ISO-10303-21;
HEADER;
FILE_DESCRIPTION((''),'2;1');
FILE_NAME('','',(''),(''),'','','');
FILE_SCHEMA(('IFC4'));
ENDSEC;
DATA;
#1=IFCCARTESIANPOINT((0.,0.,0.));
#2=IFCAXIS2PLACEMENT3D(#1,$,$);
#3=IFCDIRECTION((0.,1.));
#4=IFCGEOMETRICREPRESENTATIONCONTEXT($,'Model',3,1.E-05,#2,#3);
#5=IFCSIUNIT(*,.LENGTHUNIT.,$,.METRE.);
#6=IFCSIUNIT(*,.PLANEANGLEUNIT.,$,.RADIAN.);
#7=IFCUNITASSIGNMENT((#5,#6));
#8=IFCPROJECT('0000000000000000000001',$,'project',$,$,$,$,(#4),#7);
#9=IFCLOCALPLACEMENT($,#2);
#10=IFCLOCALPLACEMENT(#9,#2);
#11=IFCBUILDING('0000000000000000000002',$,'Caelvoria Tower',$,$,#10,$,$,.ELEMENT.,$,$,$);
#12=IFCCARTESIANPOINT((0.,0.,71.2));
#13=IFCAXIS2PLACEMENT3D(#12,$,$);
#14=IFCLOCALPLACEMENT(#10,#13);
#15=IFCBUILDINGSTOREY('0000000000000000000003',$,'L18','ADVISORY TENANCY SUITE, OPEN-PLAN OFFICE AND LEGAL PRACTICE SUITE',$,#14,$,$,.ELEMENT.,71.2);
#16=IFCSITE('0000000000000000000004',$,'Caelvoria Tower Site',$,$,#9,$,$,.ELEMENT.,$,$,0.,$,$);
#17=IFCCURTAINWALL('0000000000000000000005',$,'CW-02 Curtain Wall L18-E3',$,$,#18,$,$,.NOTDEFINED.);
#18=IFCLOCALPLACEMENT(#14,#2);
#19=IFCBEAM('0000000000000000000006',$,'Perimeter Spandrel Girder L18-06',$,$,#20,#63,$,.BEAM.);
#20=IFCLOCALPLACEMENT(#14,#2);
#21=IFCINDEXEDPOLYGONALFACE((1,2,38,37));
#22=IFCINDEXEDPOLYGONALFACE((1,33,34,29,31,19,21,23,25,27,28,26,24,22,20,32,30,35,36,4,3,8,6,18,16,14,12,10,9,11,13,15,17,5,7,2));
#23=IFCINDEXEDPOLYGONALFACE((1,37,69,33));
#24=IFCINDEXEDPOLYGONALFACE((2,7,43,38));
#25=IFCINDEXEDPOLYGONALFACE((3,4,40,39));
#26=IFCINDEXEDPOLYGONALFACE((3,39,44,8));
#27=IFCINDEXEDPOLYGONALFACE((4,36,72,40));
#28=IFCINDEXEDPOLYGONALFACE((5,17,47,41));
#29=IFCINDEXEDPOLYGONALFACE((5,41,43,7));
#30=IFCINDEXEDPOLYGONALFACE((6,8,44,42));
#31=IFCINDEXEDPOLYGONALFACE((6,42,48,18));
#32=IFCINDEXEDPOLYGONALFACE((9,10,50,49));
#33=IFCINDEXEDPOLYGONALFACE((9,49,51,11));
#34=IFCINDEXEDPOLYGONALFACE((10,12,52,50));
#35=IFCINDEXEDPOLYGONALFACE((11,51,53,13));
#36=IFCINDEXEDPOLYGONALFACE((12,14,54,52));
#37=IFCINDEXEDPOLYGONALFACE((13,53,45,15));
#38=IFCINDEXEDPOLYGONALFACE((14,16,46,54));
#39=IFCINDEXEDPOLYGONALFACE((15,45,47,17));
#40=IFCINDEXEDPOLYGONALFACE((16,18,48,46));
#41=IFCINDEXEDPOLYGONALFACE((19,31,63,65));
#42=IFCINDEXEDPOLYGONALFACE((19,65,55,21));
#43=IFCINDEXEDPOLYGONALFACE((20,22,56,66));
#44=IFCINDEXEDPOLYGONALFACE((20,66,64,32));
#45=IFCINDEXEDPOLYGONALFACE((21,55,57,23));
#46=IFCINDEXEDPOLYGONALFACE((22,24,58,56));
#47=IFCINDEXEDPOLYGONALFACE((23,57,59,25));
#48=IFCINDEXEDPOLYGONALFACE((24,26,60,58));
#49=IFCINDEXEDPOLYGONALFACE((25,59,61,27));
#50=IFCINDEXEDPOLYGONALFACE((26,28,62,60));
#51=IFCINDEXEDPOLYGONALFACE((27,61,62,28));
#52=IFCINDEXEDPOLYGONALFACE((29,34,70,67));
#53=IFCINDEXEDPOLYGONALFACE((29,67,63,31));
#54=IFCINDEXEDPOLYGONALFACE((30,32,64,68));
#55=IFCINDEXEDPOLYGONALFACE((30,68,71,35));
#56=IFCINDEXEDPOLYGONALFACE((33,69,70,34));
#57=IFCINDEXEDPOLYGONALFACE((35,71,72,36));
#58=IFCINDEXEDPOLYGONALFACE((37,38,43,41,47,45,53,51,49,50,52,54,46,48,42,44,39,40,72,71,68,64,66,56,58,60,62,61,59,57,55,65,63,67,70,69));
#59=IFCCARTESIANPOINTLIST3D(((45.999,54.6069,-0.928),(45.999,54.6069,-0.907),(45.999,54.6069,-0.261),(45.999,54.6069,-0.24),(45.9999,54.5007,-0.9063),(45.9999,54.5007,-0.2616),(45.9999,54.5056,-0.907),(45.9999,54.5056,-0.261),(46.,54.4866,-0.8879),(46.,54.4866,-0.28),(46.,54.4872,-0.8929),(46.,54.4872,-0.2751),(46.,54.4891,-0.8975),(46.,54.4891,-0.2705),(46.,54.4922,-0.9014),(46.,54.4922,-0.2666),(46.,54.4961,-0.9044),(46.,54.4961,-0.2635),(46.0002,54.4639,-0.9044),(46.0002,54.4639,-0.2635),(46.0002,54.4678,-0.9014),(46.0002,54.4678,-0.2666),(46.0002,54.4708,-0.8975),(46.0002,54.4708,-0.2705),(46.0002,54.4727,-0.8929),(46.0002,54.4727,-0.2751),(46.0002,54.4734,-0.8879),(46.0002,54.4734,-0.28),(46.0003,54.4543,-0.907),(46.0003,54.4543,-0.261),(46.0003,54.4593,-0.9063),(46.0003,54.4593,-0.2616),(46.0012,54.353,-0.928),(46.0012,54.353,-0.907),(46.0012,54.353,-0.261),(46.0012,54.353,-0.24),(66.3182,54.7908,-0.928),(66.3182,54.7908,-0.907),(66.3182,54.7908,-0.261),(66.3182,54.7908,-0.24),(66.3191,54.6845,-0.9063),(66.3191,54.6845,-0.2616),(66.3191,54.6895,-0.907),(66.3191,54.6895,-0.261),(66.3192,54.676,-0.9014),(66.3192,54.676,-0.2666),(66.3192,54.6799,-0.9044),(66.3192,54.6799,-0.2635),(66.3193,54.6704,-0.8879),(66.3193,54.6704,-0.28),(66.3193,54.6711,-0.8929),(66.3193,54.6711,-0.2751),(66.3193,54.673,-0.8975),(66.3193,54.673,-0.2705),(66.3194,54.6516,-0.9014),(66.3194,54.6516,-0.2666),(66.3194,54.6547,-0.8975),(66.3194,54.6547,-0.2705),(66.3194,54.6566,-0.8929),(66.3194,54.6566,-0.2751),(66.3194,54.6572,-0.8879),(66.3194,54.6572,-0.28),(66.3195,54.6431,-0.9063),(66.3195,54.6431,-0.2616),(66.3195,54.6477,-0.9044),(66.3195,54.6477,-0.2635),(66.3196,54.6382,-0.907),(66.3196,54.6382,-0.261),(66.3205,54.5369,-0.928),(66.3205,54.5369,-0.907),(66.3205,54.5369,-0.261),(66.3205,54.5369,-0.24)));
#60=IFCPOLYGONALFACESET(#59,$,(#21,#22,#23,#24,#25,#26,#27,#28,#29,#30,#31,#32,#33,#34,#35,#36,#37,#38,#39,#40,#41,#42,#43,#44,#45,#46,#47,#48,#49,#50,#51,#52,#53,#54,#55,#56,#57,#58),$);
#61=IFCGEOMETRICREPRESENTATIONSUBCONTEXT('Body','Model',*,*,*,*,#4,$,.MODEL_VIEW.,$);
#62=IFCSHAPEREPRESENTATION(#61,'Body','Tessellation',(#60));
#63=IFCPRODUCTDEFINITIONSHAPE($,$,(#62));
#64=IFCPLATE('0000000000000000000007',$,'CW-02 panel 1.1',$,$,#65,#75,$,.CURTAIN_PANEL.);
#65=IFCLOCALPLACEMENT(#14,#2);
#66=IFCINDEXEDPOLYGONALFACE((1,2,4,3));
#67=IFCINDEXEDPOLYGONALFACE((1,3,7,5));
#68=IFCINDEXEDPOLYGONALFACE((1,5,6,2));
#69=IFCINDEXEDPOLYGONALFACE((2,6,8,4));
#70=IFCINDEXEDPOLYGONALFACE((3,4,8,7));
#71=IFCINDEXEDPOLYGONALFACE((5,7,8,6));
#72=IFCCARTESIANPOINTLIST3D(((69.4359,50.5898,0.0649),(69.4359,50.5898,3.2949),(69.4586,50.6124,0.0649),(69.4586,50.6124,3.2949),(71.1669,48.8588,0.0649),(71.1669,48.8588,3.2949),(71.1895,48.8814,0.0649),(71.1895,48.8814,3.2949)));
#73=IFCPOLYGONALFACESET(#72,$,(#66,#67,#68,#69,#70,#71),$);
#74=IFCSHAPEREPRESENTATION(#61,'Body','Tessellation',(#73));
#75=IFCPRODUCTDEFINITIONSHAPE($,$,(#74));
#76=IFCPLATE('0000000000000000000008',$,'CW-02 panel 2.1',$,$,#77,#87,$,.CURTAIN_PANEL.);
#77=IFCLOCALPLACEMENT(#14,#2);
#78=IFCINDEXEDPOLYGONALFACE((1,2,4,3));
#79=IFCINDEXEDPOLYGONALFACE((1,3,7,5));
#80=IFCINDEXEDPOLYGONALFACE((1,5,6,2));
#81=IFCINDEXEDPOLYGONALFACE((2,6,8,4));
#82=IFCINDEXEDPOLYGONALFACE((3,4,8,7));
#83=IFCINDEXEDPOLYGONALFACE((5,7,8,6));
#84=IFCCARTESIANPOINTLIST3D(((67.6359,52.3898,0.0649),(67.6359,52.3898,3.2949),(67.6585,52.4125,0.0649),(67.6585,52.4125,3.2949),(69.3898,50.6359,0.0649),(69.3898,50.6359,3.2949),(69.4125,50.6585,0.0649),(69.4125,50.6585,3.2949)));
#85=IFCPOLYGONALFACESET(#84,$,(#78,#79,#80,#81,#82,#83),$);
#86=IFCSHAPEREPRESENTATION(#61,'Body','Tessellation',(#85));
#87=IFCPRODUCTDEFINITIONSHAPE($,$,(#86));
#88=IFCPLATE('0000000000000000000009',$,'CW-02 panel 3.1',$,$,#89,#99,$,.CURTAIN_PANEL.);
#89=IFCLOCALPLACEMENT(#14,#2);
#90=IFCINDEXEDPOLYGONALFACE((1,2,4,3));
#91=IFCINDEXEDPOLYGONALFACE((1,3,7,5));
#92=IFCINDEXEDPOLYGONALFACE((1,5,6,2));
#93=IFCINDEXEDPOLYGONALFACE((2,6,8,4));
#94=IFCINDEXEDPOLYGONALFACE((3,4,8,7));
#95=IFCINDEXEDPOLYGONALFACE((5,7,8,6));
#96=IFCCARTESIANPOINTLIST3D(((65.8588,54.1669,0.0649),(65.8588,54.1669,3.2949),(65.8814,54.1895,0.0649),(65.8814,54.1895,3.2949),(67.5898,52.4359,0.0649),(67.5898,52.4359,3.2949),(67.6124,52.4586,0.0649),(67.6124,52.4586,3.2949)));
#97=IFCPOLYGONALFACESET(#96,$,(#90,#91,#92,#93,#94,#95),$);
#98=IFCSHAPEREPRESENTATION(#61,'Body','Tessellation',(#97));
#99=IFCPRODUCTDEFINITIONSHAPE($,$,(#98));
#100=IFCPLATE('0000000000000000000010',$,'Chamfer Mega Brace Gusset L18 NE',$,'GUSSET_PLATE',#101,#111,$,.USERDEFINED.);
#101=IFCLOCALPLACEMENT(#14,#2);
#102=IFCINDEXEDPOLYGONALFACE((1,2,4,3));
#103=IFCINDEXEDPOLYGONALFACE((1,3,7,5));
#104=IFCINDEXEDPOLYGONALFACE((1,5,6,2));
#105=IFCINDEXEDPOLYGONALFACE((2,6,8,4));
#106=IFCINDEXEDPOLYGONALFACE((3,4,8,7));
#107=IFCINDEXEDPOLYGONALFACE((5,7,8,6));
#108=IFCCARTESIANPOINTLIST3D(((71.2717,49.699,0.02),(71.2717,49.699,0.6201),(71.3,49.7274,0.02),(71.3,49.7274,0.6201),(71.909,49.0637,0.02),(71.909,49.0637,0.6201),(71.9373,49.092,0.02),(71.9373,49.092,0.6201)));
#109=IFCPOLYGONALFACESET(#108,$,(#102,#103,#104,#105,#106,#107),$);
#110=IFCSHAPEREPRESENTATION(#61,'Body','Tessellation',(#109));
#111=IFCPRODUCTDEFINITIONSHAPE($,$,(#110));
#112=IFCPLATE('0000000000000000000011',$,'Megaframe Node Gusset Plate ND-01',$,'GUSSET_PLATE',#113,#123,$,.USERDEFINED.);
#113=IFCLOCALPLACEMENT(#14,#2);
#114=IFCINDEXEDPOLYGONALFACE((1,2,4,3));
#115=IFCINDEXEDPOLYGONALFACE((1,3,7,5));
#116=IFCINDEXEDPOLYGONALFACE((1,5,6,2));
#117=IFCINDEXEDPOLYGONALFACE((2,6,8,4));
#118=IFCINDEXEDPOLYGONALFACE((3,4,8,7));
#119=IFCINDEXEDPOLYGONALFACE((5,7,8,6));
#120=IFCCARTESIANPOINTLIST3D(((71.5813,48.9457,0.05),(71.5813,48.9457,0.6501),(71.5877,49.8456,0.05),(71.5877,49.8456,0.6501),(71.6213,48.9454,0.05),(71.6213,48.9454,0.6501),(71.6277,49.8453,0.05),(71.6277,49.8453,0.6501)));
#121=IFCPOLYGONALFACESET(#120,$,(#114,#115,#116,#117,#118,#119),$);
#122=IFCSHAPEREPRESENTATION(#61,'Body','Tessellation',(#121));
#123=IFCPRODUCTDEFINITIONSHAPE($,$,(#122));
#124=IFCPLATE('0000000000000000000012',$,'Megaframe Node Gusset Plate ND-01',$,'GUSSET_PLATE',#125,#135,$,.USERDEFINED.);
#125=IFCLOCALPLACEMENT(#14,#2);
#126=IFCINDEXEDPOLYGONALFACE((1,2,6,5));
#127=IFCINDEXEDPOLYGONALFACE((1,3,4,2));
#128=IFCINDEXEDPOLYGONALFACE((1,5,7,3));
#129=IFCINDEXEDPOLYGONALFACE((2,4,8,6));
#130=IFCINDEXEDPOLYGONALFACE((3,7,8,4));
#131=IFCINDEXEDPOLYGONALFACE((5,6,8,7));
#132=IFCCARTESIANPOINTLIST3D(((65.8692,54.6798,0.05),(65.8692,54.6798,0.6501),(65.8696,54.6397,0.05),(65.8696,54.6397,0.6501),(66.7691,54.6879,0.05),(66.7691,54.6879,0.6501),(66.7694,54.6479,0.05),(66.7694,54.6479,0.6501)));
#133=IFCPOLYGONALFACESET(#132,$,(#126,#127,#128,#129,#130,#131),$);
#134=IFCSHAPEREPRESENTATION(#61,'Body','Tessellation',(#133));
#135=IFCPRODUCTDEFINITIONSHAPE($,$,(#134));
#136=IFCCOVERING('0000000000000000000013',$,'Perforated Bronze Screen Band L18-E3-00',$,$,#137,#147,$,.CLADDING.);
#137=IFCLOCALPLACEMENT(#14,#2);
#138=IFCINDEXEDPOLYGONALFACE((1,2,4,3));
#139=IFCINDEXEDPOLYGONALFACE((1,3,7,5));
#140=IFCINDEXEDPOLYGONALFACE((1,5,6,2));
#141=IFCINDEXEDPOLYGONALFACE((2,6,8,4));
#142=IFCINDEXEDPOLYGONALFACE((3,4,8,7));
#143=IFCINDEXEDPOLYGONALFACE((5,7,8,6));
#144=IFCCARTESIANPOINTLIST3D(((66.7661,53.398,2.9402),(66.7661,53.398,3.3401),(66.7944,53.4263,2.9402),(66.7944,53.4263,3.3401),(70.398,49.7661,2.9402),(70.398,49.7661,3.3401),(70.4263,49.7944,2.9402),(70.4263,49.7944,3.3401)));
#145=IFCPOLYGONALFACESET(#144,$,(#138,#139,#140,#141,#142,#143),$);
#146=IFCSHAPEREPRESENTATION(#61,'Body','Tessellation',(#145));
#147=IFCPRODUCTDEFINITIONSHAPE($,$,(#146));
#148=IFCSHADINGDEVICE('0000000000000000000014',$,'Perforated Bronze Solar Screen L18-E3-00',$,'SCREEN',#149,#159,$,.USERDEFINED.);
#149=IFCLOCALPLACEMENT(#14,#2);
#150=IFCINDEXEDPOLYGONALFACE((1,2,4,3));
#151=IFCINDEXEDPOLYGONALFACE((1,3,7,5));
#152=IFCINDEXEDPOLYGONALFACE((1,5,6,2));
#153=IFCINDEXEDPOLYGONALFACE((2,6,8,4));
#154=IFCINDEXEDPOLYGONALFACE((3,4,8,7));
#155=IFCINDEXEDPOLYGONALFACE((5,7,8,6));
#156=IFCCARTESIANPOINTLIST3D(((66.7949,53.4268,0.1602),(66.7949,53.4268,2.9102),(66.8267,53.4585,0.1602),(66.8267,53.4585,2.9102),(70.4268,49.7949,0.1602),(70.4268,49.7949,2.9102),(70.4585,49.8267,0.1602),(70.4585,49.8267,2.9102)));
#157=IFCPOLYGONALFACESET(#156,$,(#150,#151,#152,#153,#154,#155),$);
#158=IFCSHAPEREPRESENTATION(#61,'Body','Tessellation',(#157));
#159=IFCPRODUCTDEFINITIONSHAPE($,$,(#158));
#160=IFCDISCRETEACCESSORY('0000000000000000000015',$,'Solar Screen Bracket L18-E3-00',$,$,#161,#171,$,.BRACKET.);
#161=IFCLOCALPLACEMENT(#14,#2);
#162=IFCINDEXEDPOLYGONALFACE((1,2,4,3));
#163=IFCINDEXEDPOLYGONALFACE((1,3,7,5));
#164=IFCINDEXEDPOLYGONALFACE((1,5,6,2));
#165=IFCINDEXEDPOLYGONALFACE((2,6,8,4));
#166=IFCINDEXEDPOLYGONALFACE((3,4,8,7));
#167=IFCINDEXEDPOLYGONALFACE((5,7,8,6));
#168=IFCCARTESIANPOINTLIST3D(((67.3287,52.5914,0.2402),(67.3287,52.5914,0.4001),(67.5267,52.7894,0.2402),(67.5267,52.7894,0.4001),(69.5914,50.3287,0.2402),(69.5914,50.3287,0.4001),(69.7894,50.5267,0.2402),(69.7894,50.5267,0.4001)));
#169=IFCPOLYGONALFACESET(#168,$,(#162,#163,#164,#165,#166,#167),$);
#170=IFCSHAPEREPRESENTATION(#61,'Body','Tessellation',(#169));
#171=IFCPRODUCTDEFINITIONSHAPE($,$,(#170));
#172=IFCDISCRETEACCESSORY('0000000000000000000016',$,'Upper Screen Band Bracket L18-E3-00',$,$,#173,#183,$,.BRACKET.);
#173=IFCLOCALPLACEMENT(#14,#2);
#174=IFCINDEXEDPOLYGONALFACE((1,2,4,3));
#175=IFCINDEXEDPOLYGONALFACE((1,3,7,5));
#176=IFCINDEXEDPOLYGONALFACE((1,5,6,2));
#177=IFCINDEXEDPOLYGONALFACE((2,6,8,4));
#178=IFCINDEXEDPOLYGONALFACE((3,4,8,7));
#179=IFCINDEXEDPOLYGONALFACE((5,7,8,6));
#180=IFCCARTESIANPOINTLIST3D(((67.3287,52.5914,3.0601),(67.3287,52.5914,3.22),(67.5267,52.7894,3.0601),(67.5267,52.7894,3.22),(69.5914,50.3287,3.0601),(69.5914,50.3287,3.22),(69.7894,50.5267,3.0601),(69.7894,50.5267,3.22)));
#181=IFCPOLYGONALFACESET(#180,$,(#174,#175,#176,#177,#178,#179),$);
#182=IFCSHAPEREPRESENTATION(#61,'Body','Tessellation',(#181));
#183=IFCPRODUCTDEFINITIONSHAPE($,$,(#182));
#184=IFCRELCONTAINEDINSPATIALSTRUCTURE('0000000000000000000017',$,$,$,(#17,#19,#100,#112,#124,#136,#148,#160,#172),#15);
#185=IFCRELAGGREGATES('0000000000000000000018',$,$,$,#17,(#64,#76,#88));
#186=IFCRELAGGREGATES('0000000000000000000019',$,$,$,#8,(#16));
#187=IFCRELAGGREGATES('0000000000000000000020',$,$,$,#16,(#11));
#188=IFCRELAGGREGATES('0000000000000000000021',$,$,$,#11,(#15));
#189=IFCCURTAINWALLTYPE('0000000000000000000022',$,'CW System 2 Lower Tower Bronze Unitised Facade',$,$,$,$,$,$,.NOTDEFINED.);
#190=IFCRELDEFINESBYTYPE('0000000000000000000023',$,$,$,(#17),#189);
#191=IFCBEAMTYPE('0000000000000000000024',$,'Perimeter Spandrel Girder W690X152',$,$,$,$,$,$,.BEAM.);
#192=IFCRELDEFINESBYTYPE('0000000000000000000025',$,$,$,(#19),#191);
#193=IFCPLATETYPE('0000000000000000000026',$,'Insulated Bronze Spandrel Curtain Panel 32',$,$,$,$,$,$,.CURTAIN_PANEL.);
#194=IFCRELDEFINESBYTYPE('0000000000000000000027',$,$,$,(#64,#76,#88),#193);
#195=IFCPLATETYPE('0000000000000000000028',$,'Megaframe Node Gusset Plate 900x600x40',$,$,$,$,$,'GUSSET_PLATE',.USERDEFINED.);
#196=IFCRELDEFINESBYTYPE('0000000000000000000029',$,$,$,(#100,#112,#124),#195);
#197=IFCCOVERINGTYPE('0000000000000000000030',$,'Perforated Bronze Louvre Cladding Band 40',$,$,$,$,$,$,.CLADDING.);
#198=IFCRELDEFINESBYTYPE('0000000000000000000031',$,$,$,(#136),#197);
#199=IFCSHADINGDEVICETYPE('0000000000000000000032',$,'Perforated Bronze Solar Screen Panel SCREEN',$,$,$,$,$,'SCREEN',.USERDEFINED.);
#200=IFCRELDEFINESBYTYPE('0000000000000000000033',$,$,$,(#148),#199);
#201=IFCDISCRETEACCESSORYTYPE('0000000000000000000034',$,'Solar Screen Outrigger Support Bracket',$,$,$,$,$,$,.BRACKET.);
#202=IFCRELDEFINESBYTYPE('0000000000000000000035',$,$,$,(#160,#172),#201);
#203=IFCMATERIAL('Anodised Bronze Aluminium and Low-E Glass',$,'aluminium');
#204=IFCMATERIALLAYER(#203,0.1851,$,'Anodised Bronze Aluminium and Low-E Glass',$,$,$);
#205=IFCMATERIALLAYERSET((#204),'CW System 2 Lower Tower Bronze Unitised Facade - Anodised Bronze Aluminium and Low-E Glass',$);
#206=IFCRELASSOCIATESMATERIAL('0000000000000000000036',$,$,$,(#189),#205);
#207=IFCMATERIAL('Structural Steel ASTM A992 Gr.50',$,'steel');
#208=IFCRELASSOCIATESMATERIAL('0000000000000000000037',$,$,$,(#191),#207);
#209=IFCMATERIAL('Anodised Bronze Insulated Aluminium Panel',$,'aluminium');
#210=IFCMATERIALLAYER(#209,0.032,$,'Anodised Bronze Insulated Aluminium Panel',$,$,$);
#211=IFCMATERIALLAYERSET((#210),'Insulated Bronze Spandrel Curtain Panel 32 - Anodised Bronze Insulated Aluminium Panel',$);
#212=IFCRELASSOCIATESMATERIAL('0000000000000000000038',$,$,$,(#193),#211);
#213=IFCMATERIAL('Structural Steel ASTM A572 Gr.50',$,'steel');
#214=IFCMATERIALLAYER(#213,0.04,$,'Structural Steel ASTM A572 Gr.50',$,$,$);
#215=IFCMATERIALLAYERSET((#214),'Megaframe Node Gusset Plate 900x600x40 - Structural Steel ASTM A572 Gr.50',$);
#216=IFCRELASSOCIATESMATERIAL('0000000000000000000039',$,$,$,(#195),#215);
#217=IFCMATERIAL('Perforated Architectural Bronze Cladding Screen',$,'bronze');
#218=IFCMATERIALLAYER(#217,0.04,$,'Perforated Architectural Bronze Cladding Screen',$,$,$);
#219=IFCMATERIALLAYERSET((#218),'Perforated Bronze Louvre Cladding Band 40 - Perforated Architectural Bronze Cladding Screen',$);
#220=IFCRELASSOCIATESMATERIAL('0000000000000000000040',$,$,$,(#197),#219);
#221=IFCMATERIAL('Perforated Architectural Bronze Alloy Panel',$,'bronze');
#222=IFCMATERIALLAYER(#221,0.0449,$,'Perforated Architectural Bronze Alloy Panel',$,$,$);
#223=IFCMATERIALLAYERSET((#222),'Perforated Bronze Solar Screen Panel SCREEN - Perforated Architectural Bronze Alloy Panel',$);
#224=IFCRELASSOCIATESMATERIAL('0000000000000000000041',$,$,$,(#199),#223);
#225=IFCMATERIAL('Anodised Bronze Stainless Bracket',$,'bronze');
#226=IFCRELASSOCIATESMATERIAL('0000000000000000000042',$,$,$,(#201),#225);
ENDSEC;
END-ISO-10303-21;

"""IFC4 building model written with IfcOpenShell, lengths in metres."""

from ifc_helpers import new_model, si_unit, direction, frame, origin, origin_2d, place, context, subcontext, project, spatial, rectangle, i_section, extrude, material, layer, layer_set, material_profile, profile_set, type_object, element, aggregate, save


model = new_model("IFC4")

# Units and contexts
model_context = context("Model", 3, precision=1e-05, world=origin(), true_north=direction((0.0, 1.0)))
body_context = subcontext(model_context, "Body", "Model", "MODEL_VIEW")
ifc_project = project(units=[si_unit("LENGTHUNIT", "METRE"), si_unit("PLANEANGLEUNIT", "RADIAN")], contexts=[model_context])

# Site, building, storey
site_placement = place(None, origin())
site = spatial("IfcSite", under=ifc_project, at=site_placement, Name="Caelvoria Tower Site", CompositionType="ELEMENT", RefElevation=0.0)
building_placement = place(site_placement, origin())
building = spatial("IfcBuilding", under=site, at=building_placement, Name="Caelvoria Tower", CompositionType="ELEMENT")
storey_placement = place(building_placement, frame((0.0, 0.0, 71.2)))
storey = spatial("IfcBuildingStorey", under=building, at=storey_placement, Name="L18", Description="ADVISORY TENANCY SUITE, OPEN-PLAN OFFICE AND LEGAL PRACTICE SUITE", CompositionType="ELEMENT", Elevation=71.2)

# Shared definitions
ifc_material_1 = material(Name="Structural Steel ASTM A572 Gr.50", Category="steel")

# Shared definitions
ifc_material_2 = material(Name="Anodised Bronze Aluminium and Low-E Glass", Category="aluminium")
ifc_layer_1 = layer(ifc_material_2, 0.1851, Name="Anodised Bronze Aluminium and Low-E Glass")
ifc_layer_set_1 = layer_set([ifc_layer_1], Name="CW System 2 Lower Tower Bronze Unitised Facade - Anodised Bronze Aluminium and Low-E Glass")
curtain_wall_type = type_object("IfcCurtainWallType", Name="CW System 2 Lower Tower Bronze Unitised Facade", PredefinedType="NOTDEFINED", material=ifc_layer_set_1)

# Curtain wall
curtain_wall_1_placement = place(storey_placement, origin())
curtain_wall_1 = element("IfcCurtainWall", 1, at=curtain_wall_1_placement, inside=storey, type_object=curtain_wall_type, Name="CW-02 Curtain Wall L18-E3", PredefinedType="NOTDEFINED")

# Beam
ifc_material_3 = material(Name="Structural Steel ASTM A992 Gr.50", Category="steel")
ifc_material_profile_1 = material_profile(ifc_material_3, i_section(OverallWidth=0.2539, OverallDepth=0.688, WebThickness=0.0132, FlangeThickness=0.021, FilletRadius=0.019, at=origin_2d()), Name="Structural Steel ASTM A992 Gr.50")
ifc_profile_set_1 = profile_set([ifc_material_profile_1], Name="W690X152 - Structural Steel ASTM A992 Gr.50")
beam_type = type_object("IfcBeamType", Name="Perimeter Spandrel Girder W690X152", PredefinedType="BEAM", material=ifc_profile_set_1)
beam_1_placement = place(storey_placement, frame((66.3193, 54.6638, -0.584), z_axis=(-0.999959, -0.009047, 0.0), x_axis=(0.009047, -0.999959, 0.0)))
element("IfcBeam", 2, at=beam_1_placement, inside=storey, type_object=beam_type, Name="Perimeter Spandrel Girder L18-06", PredefinedType="BEAM", context=body_context, shape_type="SweptSolid", body=[
    extrude(i_section(OverallWidth=0.2539, OverallDepth=0.688, WebThickness=0.0132, FlangeThickness=0.021, FilletRadius=0.019, at=origin_2d()), origin(), (0.0, 0.0, 1.0), 20.3201),
])

# Plates
ifc_material_4 = material(Name="Anodised Bronze Insulated Aluminium Panel", Category="aluminium")
ifc_layer_2 = layer(ifc_material_4, 0.032, Name="Anodised Bronze Insulated Aluminium Panel")
ifc_layer_set_2 = layer_set([ifc_layer_2], Name="Insulated Bronze Spandrel Curtain Panel 32 - Anodised Bronze Insulated Aluminium Panel")
plate_type_1 = type_object("IfcPlateType", Name="Insulated Bronze Spandrel Curtain Panel 32", PredefinedType="CURTAIN_PANEL", material=ifc_layer_set_2)
plate_1_placement = place(storey_placement, frame((70.3127, 49.7356, 0.0649), z_axis=(0.0, 0.0, 1.0), x_axis=(-0.707107, 0.707107, 0.0)))
plate_1 = element("IfcPlate", 3, at=plate_1_placement, type_object=plate_type_1, Name="CW-02 panel 1.1", PredefinedType="CURTAIN_PANEL", context=body_context, shape_type="SweptSolid", body=[
    extrude(rectangle(XDim=2.448, YDim=0.032, at=origin_2d()), origin(), (0.0, 0.0, 1.0), 3.23),
])
plate_2_placement = place(storey_placement, frame((68.5242, 51.5242, 0.0649), z_axis=(0.0, 0.0, 1.0), x_axis=(-0.707107, 0.707107, 0.0)))
plate_2 = element("IfcPlate", 4, at=plate_2_placement, type_object=plate_type_1, Name="CW-02 panel 2.1", PredefinedType="CURTAIN_PANEL", context=body_context, shape_type="SweptSolid", body=[
    extrude(rectangle(XDim=2.4805, YDim=0.032, at=origin_2d()), origin(), (0.0, 0.0, 1.0), 3.23),
])
plate_3_placement = place(storey_placement, frame((66.7356, 53.3127, 0.0649), z_axis=(0.0, 0.0, 1.0), x_axis=(-0.707107, 0.707107, 0.0)))
plate_3 = element("IfcPlate", 5, at=plate_3_placement, type_object=plate_type_1, Name="CW-02 panel 3.1", PredefinedType="CURTAIN_PANEL", context=body_context, shape_type="SweptSolid", body=[
    extrude(rectangle(XDim=2.448, YDim=0.032, at=origin_2d()), origin(), (0.0, 0.0, 1.0), 3.23),
])
aggregate(curtain_wall_1, [plate_1, plate_2, plate_3])

# Plates
ifc_layer_3 = layer(ifc_material_1, 0.04, Name="Structural Steel ASTM A572 Gr.50")
ifc_layer_set_3 = layer_set([ifc_layer_3], Name="Megaframe Node Gusset Plate 900x600x40 - Structural Steel ASTM A572 Gr.50")
plate_type_2 = type_object("IfcPlateType", Name="Megaframe Node Gusset Plate 900x600x40", ElementType="GUSSET_PLATE", PredefinedType="USERDEFINED", material=ifc_layer_set_3)
for number, where, z_axis, x_axis, name in (
    (6, (71.6045, 49.3955, 0.02), (0.0, 0.0, 1.0), (-0.708212, 0.706, 0.0), "Chamfer Mega Brace Gusset L18 NE"),
    (7, (71.6045, 49.3955, 0.05), (0.0, 0.0, 1.0), (-0.007151, -0.999974, 0.0), "Megaframe Node Gusset Plate ND-01"),
    (8, (66.3193, 54.6638, 0.05), (0.0, 0.0, 1.0), (-0.999959, -0.009049, 0.0), "Megaframe Node Gusset Plate ND-01"),
):
    element("IfcPlate", number, at=place(storey_placement, frame(where, z_axis=z_axis, x_axis=x_axis)), inside=storey, type_object=plate_type_2, Name=name, ObjectType="GUSSET_PLATE", PredefinedType="USERDEFINED", context=body_context, shape_type="SweptSolid", body=[
        extrude(rectangle(XDim=0.8999, YDim=0.04, at=origin_2d()), origin(), (0.0, 0.0, 1.0), 0.6001),
    ])

# Covering
ifc_material_5 = material(Name="Perforated Architectural Bronze Cladding Screen", Category="bronze")
ifc_layer_4 = layer(ifc_material_5, 0.04, Name="Perforated Architectural Bronze Cladding Screen")
ifc_layer_set_4 = layer_set([ifc_layer_4], Name="Perforated Bronze Louvre Cladding Band 40 - Perforated Architectural Bronze Cladding Screen")
covering_type = type_object("IfcCoveringType", Name="Perforated Bronze Louvre Cladding Band 40", PredefinedType="CLADDING", material=ifc_layer_set_4)
covering_placement = place(storey_placement, frame((68.5962, 51.5962, 2.9402), z_axis=(0.0, 0.0, 1.0), x_axis=(-0.707107, 0.707107, 0.0)))
element("IfcCovering", 9, at=covering_placement, inside=storey, type_object=covering_type, Name="Perforated Bronze Screen Band L18-E3-00", PredefinedType="CLADDING", context=body_context, shape_type="SweptSolid", body=[
    extrude(rectangle(XDim=5.1362, YDim=0.04, at=origin_2d()), origin(), (0.0, 0.0, 1.0), 0.3999),
])

# Shading device
ifc_material_6 = material(Name="Perforated Architectural Bronze Alloy Panel", Category="bronze")
ifc_layer_5 = layer(ifc_material_6, 0.0449, Name="Perforated Architectural Bronze Alloy Panel")
ifc_layer_set_5 = layer_set([ifc_layer_5], Name="Perforated Bronze Solar Screen Panel SCREEN - Perforated Architectural Bronze Alloy Panel")
shading_device_type = type_object("IfcShadingDeviceType", Name="Perforated Bronze Solar Screen Panel SCREEN", ElementType="SCREEN", PredefinedType="USERDEFINED", material=ifc_layer_set_5)
shading_device_placement = place(storey_placement, frame((68.6267, 51.6267, 0.1602), z_axis=(0.0, 0.0, 1.0), x_axis=(-0.707107, 0.707107, 0.0)))
element("IfcShadingDevice", 10, at=shading_device_placement, inside=storey, type_object=shading_device_type, Name="Perforated Bronze Solar Screen L18-E3-00", ObjectType="SCREEN", PredefinedType="USERDEFINED", context=body_context, shape_type="SweptSolid", body=[
    extrude(rectangle(XDim=5.1362, YDim=0.0449, at=origin_2d()), origin(), (0.0, 0.0, 1.0), 2.75),
])

# Discrete accessories
ifc_material_7 = material(Name="Anodised Bronze Stainless Bracket", Category="bronze")
discrete_accessory_type = type_object("IfcDiscreteAccessoryType", Name="Solar Screen Outrigger Support Bracket", PredefinedType="BRACKET", material=ifc_material_7)
for number, where, z_axis, x_axis, name in (
    (11, (68.5591, 51.5591, 0.2402), (0.0, 0.0, 1.0), (-0.707107, 0.707107, 0.0), "Solar Screen Bracket L18-E3-00"),
    (12, (68.5591, 51.5591, 3.0601), (0.0, 0.0, 1.0), (-0.707107, 0.707107, 0.0), "Upper Screen Band Bracket L18-E3-00"),
):
    element("IfcDiscreteAccessory", number, at=place(storey_placement, frame(where, z_axis=z_axis, x_axis=x_axis)), inside=storey, type_object=discrete_accessory_type, Name=name, PredefinedType="BRACKET", context=body_context, shape_type="SweptSolid", body=[
        extrude(rectangle(XDim=3.2, YDim=0.28, at=origin_2d()), origin(), (0.0, 0.0, 1.0), 0.1599),
    ])

save(model, "model.ifc")
